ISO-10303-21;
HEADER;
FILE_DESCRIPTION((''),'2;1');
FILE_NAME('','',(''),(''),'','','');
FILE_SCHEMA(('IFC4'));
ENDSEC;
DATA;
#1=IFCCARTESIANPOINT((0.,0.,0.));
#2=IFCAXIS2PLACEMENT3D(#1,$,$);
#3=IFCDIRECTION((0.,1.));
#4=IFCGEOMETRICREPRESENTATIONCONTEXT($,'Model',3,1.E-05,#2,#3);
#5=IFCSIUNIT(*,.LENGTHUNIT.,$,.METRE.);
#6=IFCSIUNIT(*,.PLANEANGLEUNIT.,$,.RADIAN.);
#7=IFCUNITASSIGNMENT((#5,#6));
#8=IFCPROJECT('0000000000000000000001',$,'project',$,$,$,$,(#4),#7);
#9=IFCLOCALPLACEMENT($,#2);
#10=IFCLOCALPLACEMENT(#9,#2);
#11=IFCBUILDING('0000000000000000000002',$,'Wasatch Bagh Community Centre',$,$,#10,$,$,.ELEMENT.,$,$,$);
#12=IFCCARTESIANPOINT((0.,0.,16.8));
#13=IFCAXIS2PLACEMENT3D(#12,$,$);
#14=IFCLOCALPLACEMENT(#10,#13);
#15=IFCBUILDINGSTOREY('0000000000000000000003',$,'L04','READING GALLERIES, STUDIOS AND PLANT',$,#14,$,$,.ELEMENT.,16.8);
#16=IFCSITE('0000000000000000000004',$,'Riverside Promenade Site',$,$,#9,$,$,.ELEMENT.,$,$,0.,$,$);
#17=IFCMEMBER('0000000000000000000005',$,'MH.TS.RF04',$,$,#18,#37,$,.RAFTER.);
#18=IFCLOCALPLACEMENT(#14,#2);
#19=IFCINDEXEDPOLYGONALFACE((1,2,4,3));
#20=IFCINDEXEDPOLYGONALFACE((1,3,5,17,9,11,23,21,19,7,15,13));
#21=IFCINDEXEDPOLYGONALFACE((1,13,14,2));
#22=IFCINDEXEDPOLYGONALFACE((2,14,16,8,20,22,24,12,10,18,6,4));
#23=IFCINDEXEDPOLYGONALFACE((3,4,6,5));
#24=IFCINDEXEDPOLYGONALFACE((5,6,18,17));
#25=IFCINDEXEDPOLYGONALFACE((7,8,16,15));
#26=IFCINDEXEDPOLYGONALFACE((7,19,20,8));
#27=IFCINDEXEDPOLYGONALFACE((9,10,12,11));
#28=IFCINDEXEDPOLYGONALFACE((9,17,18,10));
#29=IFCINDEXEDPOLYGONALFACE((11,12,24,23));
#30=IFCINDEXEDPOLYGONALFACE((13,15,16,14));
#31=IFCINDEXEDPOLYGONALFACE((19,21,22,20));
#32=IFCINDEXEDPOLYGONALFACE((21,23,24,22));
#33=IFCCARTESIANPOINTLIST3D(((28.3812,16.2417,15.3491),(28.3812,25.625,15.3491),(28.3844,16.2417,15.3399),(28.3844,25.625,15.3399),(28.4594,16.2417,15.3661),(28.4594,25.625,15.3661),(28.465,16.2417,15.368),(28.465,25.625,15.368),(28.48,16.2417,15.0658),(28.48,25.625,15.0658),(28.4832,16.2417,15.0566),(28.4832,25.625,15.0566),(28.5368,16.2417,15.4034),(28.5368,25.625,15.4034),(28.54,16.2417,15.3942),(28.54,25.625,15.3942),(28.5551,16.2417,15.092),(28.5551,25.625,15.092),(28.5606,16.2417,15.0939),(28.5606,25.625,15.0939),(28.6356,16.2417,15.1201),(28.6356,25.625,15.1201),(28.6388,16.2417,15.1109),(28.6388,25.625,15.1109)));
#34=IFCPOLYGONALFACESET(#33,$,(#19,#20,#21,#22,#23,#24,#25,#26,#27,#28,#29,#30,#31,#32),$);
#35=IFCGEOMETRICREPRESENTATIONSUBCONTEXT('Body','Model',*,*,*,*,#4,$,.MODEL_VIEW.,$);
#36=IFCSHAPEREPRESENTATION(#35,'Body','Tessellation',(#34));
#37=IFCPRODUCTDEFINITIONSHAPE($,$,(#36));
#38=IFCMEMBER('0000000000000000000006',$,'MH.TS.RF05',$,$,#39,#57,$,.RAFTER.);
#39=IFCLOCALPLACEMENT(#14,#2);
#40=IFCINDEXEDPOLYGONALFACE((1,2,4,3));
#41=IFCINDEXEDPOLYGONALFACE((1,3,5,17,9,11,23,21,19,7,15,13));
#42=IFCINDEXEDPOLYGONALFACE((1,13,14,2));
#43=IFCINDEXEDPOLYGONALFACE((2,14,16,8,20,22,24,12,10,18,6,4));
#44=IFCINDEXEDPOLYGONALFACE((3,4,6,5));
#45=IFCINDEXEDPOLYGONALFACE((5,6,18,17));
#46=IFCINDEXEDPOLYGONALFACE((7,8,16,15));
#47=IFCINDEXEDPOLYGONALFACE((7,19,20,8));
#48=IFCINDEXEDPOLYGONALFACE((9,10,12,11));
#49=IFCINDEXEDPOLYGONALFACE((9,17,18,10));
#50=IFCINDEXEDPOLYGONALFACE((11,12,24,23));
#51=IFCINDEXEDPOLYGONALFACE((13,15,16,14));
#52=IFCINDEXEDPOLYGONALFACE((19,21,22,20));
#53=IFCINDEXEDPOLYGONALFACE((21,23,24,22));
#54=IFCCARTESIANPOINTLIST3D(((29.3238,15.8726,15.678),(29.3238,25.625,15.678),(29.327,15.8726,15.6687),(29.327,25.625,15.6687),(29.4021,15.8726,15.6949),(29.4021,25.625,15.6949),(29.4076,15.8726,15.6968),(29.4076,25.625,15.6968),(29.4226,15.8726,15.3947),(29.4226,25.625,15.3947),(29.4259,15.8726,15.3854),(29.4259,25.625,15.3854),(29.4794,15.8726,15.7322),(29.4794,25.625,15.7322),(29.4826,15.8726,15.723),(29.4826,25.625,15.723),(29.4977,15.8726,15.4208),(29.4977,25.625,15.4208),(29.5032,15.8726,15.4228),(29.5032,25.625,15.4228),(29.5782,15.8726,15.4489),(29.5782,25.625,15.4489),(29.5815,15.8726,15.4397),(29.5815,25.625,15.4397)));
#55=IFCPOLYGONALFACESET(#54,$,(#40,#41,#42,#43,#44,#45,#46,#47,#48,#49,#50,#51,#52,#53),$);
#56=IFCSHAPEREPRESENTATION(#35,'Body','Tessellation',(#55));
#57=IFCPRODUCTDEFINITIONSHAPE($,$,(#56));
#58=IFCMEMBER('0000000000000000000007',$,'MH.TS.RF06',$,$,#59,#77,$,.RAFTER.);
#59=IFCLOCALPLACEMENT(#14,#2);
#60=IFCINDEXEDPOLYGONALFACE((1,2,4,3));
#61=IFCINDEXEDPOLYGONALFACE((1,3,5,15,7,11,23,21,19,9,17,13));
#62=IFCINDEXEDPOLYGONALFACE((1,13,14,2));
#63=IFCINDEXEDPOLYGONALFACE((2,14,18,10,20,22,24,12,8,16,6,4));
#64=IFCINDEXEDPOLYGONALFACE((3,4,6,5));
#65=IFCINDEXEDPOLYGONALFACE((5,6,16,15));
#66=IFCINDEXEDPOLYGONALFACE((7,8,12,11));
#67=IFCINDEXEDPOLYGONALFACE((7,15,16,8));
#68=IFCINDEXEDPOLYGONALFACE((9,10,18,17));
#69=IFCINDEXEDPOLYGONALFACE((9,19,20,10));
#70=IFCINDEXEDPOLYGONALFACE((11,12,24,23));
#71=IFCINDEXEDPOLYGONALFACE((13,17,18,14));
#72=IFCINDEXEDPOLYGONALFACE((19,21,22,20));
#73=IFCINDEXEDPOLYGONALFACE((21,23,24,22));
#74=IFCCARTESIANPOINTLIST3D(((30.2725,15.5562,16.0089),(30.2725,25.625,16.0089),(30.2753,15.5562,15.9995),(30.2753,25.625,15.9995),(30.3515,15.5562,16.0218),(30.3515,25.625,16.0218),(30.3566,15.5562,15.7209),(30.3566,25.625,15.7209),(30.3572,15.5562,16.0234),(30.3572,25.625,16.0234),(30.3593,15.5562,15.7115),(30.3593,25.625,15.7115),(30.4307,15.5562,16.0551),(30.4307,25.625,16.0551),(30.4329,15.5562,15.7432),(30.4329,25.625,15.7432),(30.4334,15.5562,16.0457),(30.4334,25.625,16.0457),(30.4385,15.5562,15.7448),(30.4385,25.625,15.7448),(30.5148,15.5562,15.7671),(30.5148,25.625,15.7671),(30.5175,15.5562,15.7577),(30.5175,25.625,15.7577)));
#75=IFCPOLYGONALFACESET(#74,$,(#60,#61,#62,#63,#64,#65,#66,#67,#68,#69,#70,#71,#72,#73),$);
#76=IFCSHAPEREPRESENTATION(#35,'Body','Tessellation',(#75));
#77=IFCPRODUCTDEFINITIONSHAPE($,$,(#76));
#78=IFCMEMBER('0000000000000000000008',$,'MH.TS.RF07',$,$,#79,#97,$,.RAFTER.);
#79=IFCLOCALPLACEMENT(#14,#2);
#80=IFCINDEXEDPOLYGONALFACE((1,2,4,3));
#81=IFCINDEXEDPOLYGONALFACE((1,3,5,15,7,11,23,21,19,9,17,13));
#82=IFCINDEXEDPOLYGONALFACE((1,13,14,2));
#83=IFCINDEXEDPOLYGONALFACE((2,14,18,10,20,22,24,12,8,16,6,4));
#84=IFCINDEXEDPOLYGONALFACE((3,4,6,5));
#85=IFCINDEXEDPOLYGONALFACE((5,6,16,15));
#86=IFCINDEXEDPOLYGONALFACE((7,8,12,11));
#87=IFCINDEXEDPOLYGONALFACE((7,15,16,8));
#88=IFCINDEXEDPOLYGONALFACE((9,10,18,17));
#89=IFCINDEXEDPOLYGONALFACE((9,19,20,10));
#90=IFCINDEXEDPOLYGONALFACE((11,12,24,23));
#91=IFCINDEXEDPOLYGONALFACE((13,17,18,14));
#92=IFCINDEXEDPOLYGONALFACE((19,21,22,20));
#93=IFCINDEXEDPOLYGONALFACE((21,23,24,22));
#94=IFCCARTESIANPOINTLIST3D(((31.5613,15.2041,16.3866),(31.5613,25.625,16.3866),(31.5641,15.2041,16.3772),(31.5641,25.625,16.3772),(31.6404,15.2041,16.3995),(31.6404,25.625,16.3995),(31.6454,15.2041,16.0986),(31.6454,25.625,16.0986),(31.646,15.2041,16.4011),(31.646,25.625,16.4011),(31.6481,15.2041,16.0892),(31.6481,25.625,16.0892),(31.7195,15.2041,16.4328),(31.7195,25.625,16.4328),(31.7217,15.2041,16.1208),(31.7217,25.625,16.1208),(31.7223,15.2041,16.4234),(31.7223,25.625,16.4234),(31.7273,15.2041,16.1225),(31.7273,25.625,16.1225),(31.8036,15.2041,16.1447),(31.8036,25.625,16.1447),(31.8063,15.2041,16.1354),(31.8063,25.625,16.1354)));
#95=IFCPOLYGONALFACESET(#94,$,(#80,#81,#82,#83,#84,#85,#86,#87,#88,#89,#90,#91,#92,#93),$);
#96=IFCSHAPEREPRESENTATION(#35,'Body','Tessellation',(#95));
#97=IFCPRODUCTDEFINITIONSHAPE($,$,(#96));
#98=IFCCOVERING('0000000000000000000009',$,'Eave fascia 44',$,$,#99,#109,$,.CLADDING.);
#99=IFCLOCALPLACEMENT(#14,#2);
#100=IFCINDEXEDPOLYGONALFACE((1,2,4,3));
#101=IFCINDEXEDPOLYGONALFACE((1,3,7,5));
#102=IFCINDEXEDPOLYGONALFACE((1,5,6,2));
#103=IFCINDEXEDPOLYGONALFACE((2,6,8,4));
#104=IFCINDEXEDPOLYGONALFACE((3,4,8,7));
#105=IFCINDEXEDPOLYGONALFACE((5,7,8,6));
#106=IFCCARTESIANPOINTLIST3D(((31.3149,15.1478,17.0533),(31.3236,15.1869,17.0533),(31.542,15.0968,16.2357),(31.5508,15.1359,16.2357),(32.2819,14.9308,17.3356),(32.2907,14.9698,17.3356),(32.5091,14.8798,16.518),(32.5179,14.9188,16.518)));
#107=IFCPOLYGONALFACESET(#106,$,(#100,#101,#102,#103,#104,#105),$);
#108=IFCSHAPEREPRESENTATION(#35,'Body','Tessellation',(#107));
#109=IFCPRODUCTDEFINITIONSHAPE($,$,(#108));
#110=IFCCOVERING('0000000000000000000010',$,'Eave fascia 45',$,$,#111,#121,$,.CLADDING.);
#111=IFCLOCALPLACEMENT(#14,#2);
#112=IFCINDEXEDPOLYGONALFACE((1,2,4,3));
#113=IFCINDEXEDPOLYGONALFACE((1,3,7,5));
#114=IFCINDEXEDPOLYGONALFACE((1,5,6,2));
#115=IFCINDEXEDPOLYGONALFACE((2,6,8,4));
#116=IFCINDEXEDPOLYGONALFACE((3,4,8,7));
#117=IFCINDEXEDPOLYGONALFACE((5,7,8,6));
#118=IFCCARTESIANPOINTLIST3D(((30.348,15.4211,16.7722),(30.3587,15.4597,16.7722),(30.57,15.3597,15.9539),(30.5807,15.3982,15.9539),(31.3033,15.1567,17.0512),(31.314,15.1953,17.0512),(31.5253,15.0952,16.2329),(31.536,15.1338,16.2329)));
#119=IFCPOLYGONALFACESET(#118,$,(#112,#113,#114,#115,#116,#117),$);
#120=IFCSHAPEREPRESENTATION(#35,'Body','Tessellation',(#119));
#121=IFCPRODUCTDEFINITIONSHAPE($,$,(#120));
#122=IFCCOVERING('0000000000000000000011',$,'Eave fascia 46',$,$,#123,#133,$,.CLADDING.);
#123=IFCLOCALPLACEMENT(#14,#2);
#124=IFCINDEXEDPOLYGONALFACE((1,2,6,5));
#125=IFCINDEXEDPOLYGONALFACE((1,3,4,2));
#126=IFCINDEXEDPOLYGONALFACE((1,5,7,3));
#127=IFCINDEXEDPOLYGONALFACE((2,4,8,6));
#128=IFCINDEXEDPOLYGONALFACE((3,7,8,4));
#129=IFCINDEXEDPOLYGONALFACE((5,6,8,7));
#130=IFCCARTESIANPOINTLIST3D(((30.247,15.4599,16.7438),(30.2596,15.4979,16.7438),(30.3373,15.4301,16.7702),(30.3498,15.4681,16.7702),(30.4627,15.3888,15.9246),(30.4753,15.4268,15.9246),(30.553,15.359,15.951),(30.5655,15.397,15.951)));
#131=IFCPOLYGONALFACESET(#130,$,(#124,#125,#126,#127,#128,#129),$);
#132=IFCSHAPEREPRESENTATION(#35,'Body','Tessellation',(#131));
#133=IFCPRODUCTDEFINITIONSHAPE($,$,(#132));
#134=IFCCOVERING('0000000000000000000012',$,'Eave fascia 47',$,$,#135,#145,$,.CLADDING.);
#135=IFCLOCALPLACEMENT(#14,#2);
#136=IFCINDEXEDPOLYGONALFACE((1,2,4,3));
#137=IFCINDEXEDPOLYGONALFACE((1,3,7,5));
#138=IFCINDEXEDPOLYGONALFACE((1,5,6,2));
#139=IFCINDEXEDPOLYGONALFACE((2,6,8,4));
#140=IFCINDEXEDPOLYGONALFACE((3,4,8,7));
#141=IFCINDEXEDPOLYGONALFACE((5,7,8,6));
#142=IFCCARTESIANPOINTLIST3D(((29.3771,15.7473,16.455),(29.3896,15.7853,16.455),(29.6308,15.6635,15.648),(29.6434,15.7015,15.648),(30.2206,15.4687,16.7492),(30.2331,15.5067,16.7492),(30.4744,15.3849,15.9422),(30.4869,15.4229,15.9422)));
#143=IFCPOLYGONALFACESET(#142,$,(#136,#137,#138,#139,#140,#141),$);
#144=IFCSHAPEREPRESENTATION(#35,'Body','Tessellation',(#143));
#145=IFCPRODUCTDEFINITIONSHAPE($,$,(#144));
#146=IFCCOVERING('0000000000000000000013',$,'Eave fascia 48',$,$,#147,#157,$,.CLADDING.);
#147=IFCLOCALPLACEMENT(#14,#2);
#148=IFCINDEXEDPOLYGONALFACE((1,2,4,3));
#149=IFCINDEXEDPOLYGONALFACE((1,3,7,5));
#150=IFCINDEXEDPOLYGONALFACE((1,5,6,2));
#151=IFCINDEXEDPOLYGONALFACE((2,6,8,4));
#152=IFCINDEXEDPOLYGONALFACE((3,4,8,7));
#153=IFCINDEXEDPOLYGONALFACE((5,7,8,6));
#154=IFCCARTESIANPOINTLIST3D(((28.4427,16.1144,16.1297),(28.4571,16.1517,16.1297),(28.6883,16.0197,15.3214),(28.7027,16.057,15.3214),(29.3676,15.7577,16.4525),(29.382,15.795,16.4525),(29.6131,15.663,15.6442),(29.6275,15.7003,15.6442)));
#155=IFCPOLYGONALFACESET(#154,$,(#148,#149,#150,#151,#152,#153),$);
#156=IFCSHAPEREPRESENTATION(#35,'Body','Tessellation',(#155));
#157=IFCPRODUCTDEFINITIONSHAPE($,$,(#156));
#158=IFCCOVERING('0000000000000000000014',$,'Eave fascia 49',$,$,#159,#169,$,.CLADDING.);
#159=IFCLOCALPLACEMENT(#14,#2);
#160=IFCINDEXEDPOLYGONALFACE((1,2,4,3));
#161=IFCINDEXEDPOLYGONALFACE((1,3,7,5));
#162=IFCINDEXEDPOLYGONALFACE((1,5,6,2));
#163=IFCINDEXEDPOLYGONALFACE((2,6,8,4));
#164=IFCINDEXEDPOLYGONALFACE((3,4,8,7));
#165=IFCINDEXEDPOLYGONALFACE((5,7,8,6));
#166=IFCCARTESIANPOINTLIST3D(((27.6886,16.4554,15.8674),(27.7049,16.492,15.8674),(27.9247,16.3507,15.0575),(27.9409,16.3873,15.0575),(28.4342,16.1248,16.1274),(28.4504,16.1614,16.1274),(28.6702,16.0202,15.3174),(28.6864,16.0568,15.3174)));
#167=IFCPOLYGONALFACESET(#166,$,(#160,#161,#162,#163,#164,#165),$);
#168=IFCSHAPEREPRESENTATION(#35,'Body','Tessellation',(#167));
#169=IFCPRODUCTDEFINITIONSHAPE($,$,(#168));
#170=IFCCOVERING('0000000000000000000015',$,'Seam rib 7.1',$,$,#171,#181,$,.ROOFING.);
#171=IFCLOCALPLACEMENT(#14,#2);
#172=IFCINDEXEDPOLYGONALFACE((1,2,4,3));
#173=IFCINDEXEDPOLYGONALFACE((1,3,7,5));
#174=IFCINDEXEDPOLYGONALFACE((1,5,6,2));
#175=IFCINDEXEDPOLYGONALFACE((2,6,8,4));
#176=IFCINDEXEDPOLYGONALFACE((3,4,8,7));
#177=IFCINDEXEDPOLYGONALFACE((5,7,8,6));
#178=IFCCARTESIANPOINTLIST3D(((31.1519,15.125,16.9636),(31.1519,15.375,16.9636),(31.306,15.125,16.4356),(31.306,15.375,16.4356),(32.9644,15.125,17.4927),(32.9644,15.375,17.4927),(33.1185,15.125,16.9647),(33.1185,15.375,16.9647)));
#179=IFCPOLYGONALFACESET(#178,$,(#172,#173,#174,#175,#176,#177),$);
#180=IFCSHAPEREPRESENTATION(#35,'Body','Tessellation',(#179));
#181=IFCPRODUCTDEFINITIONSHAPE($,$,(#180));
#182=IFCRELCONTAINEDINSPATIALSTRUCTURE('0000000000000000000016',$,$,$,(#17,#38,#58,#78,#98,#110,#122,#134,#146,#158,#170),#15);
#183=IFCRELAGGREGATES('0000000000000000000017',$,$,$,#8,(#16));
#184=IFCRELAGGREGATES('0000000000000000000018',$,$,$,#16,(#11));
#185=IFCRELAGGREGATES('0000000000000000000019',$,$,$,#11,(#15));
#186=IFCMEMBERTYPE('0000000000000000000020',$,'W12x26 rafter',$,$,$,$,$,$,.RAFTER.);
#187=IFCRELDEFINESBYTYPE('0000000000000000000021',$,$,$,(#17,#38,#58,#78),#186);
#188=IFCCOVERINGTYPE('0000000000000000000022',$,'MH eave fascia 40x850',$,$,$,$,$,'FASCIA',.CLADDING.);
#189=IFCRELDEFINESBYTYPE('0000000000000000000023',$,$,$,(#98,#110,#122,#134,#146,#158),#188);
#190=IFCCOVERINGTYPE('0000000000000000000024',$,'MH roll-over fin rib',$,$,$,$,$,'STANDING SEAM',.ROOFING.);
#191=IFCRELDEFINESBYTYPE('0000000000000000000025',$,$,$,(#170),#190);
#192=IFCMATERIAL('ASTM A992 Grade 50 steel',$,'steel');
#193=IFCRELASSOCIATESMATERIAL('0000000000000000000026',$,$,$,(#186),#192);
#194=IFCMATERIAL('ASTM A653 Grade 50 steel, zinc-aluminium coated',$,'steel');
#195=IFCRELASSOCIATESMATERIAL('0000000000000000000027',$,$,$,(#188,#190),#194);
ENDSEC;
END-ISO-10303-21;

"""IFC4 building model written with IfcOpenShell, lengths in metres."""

from ifc_helpers import new_model, si_unit, direction, frame, origin, origin_2d, place, context, subcontext, project, spatial, polyline, rectangle, i_section, outline, extrude, material, material_profile, profile_set, type_object, element, save


model = new_model("IFC4")

# Units and contexts
model_context = context("Model", 3, precision=1e-05, world=origin(), true_north=direction((0.0, 1.0)))
body_context = subcontext(model_context, "Body", "Model", "MODEL_VIEW")
ifc_project = project(units=[si_unit("LENGTHUNIT", "METRE"), si_unit("PLANEANGLEUNIT", "RADIAN")], contexts=[model_context])

# Site, building, storey
site_placement = place(None, origin())
site = spatial("IfcSite", under=ifc_project, at=site_placement, Name="Riverside Promenade Site", CompositionType="ELEMENT", RefElevation=0.0)
building_placement = place(site_placement, origin())
building = spatial("IfcBuilding", under=site, at=building_placement, Name="Wasatch Bagh Community Centre", CompositionType="ELEMENT")
storey_placement = place(building_placement, frame((0.0, 0.0, 16.8)))
storey = spatial("IfcBuildingStorey", under=building, at=storey_placement, Name="L04", Description="READING GALLERIES, STUDIOS AND PLANT", CompositionType="ELEMENT", Elevation=16.8)

# Members
ifc_material_1 = material(Name="ASTM A992 Grade 50 steel", Category="steel")
ifc_material_profile_1 = material_profile(ifc_material_1, i_section(OverallWidth=0.1648, OverallDepth=0.3098, WebThickness=0.0059, FlangeThickness=0.0098, at=origin_2d()), Name="W12x26")
ifc_profile_set_1 = profile_set([ifc_material_profile_1], Name="ASTM A992 Grade 50 steel")
member_type = type_object("IfcMemberType", Name="W12x26 rafter", PredefinedType="RAFTER", material=ifc_profile_set_1)
member_1_placement = place(storey_placement, frame((28.51, 16.2417, 15.23), z_axis=(0.0, 1.0, 0.0), x_axis=(-0.944194, 0.0, -0.329389)))
element("IfcMember", 1, at=member_1_placement, inside=storey, type_object=member_type, Name="MH.TS.RF04", PredefinedType="RAFTER", context=body_context, shape_type="SweptSolid", body=[
    extrude(i_section(OverallWidth=0.1648, OverallDepth=0.3098, WebThickness=0.0059, FlangeThickness=0.0098, at=origin_2d()), origin(), (0.0, 0.0, 1.0), 9.3833),
])
member_2_placement = place(storey_placement, frame((29.4526, 15.8726, 15.5588), z_axis=(0.0, 1.0, 0.0), x_axis=(-0.944194, 0.0, -0.329389)))
element("IfcMember", 2, at=member_2_placement, inside=storey, type_object=member_type, Name="MH.TS.RF05", PredefinedType="RAFTER", context=body_context, shape_type="SweptSolid", body=[
    extrude(i_section(OverallWidth=0.1648, OverallDepth=0.3098, WebThickness=0.0059, FlangeThickness=0.0098, at=origin_2d()), origin(), (0.0, 0.0, 1.0), 9.7524),
])
member_3_placement = place(storey_placement, frame((30.395, 15.5562, 15.8833), z_axis=(0.0, 1.0, 0.0), x_axis=(-0.959938, 0.0, -0.280214)))
element("IfcMember", 3, at=member_3_placement, inside=storey, type_object=member_type, Name="MH.TS.RF06", PredefinedType="RAFTER", context=body_context, shape_type="SweptSolid", body=[
    extrude(i_section(OverallWidth=0.1648, OverallDepth=0.3098, WebThickness=0.0059, FlangeThickness=0.0098, at=origin_2d()), origin(), (0.0, 0.0, 1.0), 10.0688),
])
member_4_placement = place(storey_placement, frame((31.6838, 15.2041, 16.261), z_axis=(0.0, 1.0, 0.0), x_axis=(-0.959938, 0.0, -0.280214)))
element("IfcMember", 4, at=member_4_placement, inside=storey, type_object=member_type, Name="MH.TS.RF07", PredefinedType="RAFTER", context=body_context, shape_type="SweptSolid", body=[
    extrude(i_section(OverallWidth=0.1648, OverallDepth=0.3098, WebThickness=0.0059, FlangeThickness=0.0098, at=origin_2d()), origin(), (0.0, 0.0, 1.0), 10.4209),
])

# Coverings
ifc_material_2 = material(Name="ASTM A653 Grade 50 steel, zinc-aluminium coated", Category="steel")
ifc_material_profile_2 = material_profile(ifc_material_2, rectangle(XDim=0.04, YDim=0.8501, at=origin_2d()), Name="FASCIA 40x850")
ifc_profile_set_2 = profile_set([ifc_material_profile_2], Name="ASTM A653 Grade 50 steel, zinc-aluminium coated")
covering_type_1 = type_object("IfcCoveringType", Name="MH eave fascia 40x850", ElementType="FASCIA", PredefinedType="CLADDING", material=ifc_profile_set_2)
covering_1_placement = place(storey_placement, frame((32.3999, 14.9248, 16.9268), z_axis=(-0.938421, 0.210618, -0.273874), x_axis=(-0.21899, -0.975727, 0.0)))
element("IfcCovering", 5, at=covering_1_placement, inside=storey, type_object=covering_type_1, Name="Eave fascia 44", PredefinedType="CLADDING", context=body_context, shape_type="SweptSolid", body=[
    extrude(rectangle(XDim=0.04, YDim=0.8501, at=origin_2d()), origin(), (0.0, 0.0, 1.0), 1.0305),
])
covering_2_placement = place(storey_placement, frame((31.4197, 15.1453, 16.6421), z_axis=(-0.927707, 0.256761, -0.270986), x_axis=(-0.266742, -0.963768, 0.0)))
element("IfcCovering", 6, at=covering_2_placement, inside=storey, type_object=covering_type_1, Name="Eave fascia 45", PredefinedType="CLADDING", context=body_context, shape_type="SweptSolid", body=[
    extrude(rectangle(XDim=0.04, YDim=0.8501, at=origin_2d()), origin(), (0.0, 0.0, 1.0), 1.0298),
])
covering_3_placement = place(storey_placement, frame((30.4514, 15.4136, 16.3606), z_axis=(-0.915191, 0.301766, -0.267137), x_axis=(-0.313146, -0.949705, 0.0)))
element("IfcCovering", 7, at=covering_3_placement, inside=storey, type_object=covering_type_1, Name="Eave fascia 46", PredefinedType="CLADDING", context=body_context, shape_type="SweptSolid", body=[
    extrude(rectangle(XDim=0.04, YDim=0.8501, at=origin_2d()), origin(), (0.0, 0.0, 1.0), 0.0986),
])
covering_4_placement = place(storey_placement, frame((30.3538, 15.4458, 16.3457), z_axis=(-0.901412, 0.297688, -0.314385), x_axis=(-0.313588, -0.949559, 0.0)))
element("IfcCovering", 8, at=covering_4_placement, inside=storey, type_object=covering_type_1, Name="Eave fascia 47", PredefinedType="CLADDING", context=body_context, shape_type="SweptSolid", body=[
    extrude(rectangle(XDim=0.04, YDim=0.8501, at=origin_2d()), origin(), (0.0, 0.0, 1.0), 0.9358),
])
covering_5_placement = place(storey_placement, frame((29.4976, 15.729, 16.0483), z_axis=(-0.887162, 0.342171, -0.309617), x_axis=(-0.359854, -0.933009, 0.0)))
element("IfcCovering", 9, at=covering_5_placement, inside=storey, type_object=covering_type_1, Name="Eave fascia 48", PredefinedType="CLADDING", context=body_context, shape_type="SweptSolid", body=[
    extrude(rectangle(XDim=0.04, YDim=0.8501, at=origin_2d()), origin(), (0.0, 0.0, 1.0), 1.0425),
])
covering_6_placement = place(storey_placement, frame((28.5603, 16.0908, 15.7224), z_axis=(-0.870992, 0.386157, -0.303735), x_axis=(-0.405305, -0.914181, 0.0)))
element("IfcCovering", 10, at=covering_6_placement, inside=storey, type_object=covering_type_1, Name="Eave fascia 49", PredefinedType="CLADDING", context=body_context, shape_type="SweptSolid", body=[
    extrude(rectangle(XDim=0.04, YDim=0.8501, at=origin_2d()), origin(), (0.0, 0.0, 1.0), 0.856),
])
covering_type_2 = type_object("IfcCoveringType", Name="MH roll-over fin rib", ElementType="STANDING SEAM", PredefinedType="ROOFING", material=ifc_material_2)
covering_7_placement = place(storey_placement, frame((31.1519, 15.125, 16.9636), z_axis=(-0.280199, 0.0, 0.959942), x_axis=(0.959942, 0.0, 0.280199)))
element("IfcCovering", 11, at=covering_7_placement, inside=storey, type_object=covering_type_2, Name="Seam rib 7.1", PredefinedType="ROOFING", context=body_context, shape_type="SweptSolid", body=[
    extrude(outline(polyline([(0.0, 0.0), (1.8881, 0.0), (1.8881, 0.25), (0.0, 0.25), (0.0, 0.0)])), origin(), (0.0, 0.0, -1.0), 0.55),
])

save(model, "model.ifc")
